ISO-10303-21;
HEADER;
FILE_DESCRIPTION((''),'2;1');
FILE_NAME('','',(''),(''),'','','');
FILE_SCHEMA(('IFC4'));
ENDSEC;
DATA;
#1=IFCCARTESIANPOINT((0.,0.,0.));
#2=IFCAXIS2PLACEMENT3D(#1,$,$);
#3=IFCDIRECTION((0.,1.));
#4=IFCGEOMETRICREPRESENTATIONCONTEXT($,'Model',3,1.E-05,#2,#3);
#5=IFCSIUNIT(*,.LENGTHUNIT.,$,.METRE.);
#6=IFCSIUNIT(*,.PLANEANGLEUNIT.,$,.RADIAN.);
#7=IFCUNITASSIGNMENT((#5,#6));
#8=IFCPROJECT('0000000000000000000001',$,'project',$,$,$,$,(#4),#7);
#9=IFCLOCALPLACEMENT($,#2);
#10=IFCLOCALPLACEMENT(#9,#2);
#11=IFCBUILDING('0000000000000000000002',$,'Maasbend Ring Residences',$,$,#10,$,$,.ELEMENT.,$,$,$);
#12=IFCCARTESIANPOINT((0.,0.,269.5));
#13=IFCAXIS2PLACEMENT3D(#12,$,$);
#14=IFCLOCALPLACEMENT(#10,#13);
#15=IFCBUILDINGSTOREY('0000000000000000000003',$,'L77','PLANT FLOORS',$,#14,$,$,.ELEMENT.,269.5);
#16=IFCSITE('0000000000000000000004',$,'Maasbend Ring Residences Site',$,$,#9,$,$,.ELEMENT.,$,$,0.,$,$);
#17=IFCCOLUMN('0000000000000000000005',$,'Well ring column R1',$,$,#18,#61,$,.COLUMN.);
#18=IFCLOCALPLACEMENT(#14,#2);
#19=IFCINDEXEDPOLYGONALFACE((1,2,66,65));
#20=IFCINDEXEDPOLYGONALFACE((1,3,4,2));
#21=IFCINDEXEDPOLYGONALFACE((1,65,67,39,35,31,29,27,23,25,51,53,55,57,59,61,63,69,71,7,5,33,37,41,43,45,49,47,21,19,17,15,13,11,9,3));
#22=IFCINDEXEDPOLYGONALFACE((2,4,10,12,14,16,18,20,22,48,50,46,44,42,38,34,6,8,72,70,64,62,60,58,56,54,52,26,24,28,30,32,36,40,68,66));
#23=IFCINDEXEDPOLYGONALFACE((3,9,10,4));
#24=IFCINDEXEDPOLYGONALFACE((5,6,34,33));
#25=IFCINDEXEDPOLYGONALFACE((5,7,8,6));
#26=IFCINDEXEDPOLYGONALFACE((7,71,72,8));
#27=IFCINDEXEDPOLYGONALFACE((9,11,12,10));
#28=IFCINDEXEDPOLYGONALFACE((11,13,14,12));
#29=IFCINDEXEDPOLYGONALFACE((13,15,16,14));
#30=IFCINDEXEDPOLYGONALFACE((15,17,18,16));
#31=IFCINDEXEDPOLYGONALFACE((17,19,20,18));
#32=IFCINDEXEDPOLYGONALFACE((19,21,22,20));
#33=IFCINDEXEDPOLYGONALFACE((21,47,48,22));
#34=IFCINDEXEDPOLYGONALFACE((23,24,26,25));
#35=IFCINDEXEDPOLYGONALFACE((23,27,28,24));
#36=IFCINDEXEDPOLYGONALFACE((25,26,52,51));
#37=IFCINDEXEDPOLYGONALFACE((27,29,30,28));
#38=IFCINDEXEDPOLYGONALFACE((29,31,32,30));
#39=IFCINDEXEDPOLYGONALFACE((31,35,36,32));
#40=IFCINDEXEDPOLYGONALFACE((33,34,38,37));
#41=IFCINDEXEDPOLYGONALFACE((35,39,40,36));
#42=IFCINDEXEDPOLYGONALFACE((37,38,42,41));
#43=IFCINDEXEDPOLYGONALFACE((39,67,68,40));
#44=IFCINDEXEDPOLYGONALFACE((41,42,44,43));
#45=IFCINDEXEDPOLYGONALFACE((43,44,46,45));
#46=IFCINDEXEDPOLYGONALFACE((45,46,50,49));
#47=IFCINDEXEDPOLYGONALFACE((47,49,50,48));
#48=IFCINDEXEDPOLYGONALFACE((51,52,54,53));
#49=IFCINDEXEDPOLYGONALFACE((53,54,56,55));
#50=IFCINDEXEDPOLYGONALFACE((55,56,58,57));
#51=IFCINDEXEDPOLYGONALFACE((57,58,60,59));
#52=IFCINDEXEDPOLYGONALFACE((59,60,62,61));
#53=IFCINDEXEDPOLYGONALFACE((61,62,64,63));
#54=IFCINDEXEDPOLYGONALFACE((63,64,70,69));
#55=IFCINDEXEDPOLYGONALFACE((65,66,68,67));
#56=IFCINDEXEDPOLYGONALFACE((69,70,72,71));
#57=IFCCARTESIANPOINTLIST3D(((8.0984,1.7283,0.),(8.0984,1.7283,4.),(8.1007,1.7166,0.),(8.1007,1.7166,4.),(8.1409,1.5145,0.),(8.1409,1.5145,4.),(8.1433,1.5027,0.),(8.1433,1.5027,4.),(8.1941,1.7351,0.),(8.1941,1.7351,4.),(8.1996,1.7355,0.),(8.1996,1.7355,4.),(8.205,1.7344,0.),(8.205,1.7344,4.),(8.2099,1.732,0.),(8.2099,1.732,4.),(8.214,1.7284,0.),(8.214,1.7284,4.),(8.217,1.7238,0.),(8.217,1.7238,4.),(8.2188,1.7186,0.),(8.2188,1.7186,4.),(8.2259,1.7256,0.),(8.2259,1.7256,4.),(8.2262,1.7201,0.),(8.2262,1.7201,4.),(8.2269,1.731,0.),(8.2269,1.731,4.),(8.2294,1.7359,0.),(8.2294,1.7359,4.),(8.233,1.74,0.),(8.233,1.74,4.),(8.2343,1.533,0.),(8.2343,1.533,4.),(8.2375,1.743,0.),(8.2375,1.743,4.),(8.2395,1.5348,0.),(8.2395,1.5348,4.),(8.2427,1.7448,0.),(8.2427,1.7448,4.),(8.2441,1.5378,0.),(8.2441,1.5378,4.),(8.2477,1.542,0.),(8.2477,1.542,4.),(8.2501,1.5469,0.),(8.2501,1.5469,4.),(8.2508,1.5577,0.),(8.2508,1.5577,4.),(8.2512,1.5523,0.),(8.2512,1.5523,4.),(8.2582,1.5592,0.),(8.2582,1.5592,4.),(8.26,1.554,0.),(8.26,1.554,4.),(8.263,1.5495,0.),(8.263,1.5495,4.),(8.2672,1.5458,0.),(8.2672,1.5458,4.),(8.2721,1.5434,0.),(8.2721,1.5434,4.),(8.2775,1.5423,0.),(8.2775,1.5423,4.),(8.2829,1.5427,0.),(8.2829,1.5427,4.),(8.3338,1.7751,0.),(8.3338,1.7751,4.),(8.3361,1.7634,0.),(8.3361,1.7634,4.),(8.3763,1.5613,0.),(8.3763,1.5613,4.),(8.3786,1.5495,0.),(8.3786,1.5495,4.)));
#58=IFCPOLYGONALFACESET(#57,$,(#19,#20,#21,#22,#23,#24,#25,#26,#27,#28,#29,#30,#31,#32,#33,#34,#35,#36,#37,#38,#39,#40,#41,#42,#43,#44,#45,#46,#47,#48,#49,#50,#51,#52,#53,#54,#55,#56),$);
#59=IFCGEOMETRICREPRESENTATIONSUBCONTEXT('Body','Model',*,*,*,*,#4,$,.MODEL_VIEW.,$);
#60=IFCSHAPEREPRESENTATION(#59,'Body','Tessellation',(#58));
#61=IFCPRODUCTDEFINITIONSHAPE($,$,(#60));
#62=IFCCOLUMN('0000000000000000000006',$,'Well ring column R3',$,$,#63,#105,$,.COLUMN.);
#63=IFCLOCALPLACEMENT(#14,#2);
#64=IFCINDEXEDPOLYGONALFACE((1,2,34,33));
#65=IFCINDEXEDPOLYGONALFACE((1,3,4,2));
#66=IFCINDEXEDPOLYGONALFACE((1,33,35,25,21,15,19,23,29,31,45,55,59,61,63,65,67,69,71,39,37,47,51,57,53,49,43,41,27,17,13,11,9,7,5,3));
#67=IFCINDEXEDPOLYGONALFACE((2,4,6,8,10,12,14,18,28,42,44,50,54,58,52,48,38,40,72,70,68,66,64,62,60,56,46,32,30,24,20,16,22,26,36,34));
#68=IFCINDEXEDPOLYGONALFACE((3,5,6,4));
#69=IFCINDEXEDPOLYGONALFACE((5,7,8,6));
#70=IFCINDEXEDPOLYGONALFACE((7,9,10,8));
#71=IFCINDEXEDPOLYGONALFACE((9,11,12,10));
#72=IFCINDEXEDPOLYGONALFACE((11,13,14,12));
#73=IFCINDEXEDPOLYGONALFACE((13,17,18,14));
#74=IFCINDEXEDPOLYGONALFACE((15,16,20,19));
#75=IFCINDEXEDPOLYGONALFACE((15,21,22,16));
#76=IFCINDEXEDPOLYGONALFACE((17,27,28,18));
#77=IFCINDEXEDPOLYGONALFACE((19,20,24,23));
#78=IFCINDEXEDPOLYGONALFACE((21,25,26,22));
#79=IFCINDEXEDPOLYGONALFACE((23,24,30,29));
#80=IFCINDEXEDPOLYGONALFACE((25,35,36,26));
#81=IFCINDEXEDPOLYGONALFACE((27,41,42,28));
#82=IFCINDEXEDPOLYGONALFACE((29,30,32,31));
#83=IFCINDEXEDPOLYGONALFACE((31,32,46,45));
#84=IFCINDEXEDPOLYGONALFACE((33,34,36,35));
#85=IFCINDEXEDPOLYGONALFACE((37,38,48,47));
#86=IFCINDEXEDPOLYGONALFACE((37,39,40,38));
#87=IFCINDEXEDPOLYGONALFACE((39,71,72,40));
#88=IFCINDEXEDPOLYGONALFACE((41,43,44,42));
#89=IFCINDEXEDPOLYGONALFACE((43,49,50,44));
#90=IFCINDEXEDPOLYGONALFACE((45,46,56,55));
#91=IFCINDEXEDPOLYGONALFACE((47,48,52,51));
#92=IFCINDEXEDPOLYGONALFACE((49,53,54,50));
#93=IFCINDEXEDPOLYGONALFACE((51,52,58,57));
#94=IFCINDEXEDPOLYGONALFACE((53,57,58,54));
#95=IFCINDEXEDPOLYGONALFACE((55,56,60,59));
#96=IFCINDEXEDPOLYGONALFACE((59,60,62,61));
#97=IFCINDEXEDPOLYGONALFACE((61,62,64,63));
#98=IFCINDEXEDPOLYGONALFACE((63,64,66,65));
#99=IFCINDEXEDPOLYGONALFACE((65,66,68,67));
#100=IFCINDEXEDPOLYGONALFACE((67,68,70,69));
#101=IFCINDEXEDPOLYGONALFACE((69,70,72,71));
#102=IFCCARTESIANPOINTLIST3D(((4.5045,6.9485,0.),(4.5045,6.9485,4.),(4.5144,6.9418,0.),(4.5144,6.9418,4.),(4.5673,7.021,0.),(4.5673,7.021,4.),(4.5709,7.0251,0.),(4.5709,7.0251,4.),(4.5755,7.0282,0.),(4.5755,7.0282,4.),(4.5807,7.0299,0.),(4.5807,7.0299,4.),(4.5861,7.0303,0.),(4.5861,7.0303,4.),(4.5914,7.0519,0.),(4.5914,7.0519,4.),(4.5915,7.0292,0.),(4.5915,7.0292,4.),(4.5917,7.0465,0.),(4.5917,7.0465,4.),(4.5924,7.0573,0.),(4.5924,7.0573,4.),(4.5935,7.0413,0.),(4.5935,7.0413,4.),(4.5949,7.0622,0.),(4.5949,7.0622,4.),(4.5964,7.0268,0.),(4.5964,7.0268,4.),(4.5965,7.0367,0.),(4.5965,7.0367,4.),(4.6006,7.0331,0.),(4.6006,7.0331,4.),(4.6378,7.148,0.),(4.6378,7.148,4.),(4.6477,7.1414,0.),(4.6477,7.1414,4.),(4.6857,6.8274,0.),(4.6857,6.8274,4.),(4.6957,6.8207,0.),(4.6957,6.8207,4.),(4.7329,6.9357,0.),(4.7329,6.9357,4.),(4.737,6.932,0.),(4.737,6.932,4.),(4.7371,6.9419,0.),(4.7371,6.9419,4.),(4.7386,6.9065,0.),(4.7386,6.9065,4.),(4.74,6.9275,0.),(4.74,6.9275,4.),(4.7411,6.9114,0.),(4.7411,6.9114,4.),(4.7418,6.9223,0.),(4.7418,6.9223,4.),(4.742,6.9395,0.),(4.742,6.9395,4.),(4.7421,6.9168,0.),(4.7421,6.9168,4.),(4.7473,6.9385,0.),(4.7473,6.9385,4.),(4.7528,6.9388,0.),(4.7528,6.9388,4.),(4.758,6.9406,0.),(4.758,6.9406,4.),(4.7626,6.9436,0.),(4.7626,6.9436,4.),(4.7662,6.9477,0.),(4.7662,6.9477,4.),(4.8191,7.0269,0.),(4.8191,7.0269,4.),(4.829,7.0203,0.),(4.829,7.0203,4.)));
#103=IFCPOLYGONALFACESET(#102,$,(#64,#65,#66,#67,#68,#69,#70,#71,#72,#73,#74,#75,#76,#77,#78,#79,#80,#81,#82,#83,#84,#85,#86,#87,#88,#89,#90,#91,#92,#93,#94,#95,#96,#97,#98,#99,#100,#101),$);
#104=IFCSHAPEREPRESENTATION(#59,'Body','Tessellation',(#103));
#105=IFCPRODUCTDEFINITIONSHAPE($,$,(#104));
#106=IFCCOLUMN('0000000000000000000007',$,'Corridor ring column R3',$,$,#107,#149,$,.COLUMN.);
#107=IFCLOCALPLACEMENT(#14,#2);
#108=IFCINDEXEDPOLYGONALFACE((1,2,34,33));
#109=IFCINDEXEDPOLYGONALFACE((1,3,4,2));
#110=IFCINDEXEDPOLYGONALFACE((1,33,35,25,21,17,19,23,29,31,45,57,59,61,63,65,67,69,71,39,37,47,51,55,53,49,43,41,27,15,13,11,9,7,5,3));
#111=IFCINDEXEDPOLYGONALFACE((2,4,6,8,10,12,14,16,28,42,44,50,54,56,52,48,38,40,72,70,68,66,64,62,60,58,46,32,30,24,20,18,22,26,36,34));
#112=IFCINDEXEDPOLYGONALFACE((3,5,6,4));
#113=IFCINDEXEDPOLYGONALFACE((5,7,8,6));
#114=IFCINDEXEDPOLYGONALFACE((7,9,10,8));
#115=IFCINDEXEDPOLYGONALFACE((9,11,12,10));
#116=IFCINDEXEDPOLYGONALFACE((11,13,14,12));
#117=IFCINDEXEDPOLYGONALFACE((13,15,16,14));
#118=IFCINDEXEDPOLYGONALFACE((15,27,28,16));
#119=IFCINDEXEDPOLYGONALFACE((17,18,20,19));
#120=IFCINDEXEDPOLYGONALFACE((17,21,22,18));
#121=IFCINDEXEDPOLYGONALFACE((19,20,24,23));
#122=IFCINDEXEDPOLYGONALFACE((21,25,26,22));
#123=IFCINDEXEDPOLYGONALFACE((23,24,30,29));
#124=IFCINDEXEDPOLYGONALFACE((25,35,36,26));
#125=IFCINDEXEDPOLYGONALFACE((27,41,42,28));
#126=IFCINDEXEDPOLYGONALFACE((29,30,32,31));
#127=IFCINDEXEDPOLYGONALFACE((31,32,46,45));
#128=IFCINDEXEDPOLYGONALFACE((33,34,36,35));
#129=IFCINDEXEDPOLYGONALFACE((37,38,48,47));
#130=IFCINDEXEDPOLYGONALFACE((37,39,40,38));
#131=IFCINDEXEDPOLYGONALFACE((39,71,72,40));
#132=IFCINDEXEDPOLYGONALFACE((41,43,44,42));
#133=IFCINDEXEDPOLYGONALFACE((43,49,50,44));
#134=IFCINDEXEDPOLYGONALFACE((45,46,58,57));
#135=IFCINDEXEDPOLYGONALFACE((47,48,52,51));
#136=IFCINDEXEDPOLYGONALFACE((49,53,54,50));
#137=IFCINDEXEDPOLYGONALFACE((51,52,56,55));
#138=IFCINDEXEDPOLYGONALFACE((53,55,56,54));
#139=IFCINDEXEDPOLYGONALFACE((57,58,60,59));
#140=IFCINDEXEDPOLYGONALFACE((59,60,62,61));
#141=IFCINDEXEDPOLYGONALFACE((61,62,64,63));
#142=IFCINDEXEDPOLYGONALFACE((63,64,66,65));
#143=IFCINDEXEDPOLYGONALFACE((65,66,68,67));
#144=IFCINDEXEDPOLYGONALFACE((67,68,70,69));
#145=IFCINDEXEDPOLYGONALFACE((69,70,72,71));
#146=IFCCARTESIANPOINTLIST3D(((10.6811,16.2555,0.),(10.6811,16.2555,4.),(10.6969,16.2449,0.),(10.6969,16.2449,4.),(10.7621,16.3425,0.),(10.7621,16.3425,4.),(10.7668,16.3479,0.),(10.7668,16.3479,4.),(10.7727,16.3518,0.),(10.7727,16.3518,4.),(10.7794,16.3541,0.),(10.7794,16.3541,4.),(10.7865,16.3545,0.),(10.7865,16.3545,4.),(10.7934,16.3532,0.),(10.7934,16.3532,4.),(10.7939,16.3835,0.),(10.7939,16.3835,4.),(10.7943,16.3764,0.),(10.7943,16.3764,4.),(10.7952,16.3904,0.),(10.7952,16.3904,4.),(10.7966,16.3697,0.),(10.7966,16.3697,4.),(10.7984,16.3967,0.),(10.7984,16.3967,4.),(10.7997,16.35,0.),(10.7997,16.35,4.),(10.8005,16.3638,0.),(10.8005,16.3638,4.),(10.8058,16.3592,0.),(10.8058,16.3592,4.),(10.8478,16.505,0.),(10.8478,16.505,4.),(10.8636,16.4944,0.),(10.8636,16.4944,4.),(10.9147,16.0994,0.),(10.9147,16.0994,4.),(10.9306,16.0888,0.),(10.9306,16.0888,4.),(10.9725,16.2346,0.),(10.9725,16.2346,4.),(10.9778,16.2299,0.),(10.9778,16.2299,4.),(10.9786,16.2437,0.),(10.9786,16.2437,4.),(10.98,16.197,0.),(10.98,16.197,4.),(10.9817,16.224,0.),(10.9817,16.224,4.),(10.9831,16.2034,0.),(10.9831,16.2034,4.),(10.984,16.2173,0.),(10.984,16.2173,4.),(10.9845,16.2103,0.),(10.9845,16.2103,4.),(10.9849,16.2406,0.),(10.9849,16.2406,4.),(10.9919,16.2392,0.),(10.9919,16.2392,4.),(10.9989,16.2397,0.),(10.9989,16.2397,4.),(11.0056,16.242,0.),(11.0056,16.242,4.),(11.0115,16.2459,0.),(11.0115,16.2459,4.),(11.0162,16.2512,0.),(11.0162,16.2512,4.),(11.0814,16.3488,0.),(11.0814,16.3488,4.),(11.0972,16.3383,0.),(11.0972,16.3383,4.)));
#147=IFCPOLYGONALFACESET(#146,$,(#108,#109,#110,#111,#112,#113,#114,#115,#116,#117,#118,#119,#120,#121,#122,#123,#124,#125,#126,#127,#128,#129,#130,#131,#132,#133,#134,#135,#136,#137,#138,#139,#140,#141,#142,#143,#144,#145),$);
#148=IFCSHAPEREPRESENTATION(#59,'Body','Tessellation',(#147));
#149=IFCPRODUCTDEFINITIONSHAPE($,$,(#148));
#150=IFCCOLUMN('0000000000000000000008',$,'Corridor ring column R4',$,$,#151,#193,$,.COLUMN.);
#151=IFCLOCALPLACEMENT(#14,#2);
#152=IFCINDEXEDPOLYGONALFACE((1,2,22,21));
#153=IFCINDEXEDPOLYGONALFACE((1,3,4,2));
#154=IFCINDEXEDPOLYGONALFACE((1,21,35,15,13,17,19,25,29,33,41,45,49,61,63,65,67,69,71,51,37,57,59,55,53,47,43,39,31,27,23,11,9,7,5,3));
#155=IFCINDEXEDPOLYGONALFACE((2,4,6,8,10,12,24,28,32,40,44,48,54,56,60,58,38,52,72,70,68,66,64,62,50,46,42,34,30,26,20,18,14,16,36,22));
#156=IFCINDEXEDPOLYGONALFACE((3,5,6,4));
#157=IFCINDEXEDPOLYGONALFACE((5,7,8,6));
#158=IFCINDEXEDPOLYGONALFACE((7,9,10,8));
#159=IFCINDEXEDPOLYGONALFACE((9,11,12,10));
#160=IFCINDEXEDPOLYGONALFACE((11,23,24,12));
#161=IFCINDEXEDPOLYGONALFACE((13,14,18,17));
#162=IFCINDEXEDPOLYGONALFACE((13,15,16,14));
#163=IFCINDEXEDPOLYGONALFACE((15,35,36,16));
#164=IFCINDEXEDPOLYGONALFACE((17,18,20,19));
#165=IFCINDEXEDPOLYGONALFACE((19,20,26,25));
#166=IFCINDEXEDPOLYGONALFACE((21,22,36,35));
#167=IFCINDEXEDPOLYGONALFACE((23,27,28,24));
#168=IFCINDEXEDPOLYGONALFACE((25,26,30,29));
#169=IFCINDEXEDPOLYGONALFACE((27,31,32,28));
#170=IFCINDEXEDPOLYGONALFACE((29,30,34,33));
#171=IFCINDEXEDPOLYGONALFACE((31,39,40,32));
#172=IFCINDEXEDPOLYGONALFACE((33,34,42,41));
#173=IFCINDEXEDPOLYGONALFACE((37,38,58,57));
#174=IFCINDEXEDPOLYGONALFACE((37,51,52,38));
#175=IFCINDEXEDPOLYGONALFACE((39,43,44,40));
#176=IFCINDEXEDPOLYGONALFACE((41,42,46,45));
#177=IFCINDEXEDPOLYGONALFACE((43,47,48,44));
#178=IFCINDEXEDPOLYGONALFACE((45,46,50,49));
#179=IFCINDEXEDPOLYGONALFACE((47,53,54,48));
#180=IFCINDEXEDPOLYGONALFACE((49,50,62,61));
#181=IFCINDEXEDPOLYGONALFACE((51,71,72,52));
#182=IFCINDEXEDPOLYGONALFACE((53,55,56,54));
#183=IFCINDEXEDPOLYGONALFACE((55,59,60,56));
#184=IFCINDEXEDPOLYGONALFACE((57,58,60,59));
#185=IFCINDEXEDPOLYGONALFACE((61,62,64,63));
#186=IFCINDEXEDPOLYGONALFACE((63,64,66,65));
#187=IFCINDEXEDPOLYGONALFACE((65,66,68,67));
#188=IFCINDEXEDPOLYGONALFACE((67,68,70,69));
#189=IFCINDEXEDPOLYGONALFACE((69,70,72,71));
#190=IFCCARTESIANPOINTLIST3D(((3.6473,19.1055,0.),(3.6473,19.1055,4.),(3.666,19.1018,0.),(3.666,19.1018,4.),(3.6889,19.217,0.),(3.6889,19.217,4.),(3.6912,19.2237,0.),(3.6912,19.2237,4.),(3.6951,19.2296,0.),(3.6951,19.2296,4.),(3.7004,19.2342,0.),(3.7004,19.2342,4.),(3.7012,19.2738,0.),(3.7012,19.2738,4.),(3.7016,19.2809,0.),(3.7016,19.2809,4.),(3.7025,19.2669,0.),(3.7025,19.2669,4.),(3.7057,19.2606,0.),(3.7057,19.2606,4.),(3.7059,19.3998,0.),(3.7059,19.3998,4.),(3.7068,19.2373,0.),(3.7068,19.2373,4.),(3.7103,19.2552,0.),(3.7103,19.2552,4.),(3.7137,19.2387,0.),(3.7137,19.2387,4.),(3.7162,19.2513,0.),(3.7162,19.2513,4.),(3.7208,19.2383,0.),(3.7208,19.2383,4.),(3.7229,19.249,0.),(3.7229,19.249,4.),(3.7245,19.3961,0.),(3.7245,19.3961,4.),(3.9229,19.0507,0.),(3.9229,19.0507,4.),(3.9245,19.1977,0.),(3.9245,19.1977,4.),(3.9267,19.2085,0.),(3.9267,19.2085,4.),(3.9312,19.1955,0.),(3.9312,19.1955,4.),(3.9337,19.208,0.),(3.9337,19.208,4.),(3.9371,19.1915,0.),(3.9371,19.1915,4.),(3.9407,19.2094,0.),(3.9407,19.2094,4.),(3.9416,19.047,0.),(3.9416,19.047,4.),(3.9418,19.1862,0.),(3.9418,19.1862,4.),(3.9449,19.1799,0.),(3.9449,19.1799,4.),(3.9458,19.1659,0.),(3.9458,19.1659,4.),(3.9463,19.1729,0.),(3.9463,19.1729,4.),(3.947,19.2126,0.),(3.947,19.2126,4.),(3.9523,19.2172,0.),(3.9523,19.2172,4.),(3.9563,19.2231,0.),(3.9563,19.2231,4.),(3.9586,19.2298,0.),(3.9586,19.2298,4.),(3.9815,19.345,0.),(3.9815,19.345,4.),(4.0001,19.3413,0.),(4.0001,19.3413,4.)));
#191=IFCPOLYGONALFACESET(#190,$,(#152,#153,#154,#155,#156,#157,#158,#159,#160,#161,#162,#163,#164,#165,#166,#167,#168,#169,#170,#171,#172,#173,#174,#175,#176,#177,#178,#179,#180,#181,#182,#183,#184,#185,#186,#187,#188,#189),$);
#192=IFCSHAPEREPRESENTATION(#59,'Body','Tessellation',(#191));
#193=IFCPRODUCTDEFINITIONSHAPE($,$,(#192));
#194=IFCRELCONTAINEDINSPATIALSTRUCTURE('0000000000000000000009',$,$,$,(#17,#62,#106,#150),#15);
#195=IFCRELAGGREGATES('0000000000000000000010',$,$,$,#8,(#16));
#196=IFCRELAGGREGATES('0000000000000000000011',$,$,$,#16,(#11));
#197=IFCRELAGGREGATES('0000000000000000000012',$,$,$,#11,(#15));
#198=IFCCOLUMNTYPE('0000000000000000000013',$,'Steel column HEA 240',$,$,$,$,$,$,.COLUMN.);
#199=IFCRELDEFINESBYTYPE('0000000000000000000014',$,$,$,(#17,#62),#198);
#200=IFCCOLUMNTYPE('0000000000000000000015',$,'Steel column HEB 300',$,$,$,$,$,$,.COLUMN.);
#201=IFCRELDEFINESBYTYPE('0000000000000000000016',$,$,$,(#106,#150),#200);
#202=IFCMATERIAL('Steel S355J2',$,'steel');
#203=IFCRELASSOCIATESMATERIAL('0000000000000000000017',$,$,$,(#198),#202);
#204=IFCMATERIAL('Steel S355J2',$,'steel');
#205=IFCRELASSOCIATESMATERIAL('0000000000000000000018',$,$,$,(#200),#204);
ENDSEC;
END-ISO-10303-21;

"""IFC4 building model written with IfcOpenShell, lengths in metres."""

from ifc_helpers import new_model, si_unit, direction, frame, origin, origin_2d, place, context, subcontext, project, spatial, i_section, extrude, material, material_profile, profile_set, type_object, element, save


model = new_model("IFC4")

# Units and contexts
model_context = context("Model", 3, precision=1e-05, world=origin(), true_north=direction((0.0, 1.0)))
body_context = subcontext(model_context, "Body", "Model", "MODEL_VIEW")
ifc_project = project(units=[si_unit("LENGTHUNIT", "METRE"), si_unit("PLANEANGLEUNIT", "RADIAN")], contexts=[model_context])

# Site, building, storey
site_placement = place(None, origin())
site = spatial("IfcSite", under=ifc_project, at=site_placement, Name="Maasbend Ring Residences Site", CompositionType="ELEMENT", RefElevation=0.0)
building_placement = place(site_placement, origin())
building = spatial("IfcBuilding", under=site, at=building_placement, Name="Maasbend Ring Residences", CompositionType="ELEMENT")
storey_placement = place(building_placement, frame((0.0, 0.0, 269.5)))
storey = spatial("IfcBuildingStorey", under=building, at=storey_placement, Name="L77", Description="PLANT FLOORS", CompositionType="ELEMENT", Elevation=269.5)

# Columns
ifc_material_1 = material(Name="Steel S355J2", Category="steel")
ifc_material_profile_1 = material_profile(ifc_material_1, i_section(OverallWidth=0.24, OverallDepth=0.23, WebThickness=0.0076, FlangeThickness=0.012, FilletRadius=0.021, at=origin_2d()), Name="HEA 240")
ifc_profile_set_1 = profile_set([ifc_material_profile_1], Name="Steel S355J2")
column_type_1 = type_object("IfcColumnType", Name="Steel column HEA 240", PredefinedType="COLUMN", material=ifc_profile_set_1)
for number, where, z_axis, x_axis, name in (
    (1, (8.2385, 1.6389, 0.0), (0.0, 0.0, 1.0), (0.980785, 0.19509, 0.0), "Well ring column R1"),
    (2, (4.6667, 6.9844, 0.0), (0.0, 0.0, 1.0), (0.55557, 0.83147, 0.0), "Well ring column R3"),
):
    element("IfcColumn", number, at=place(storey_placement, frame(where, z_axis=z_axis, x_axis=x_axis)), inside=storey, type_object=column_type_1, Name=name, PredefinedType="COLUMN", context=body_context, shape_type="SweptSolid", body=[
        extrude(i_section(OverallWidth=0.24, OverallDepth=0.23, WebThickness=0.0076, FlangeThickness=0.012, FilletRadius=0.021, at=origin_2d()), origin(), (0.0, 0.0, 1.0), 4.0),
    ])
ifc_material_2 = material(Name="Steel S355J2", Category="steel")
ifc_material_profile_2 = material_profile(ifc_material_2, i_section(OverallWidth=0.3, OverallDepth=0.3, WebThickness=0.011, FlangeThickness=0.019, FilletRadius=0.0271, at=origin_2d()), Name="HEB 300")
ifc_profile_set_2 = profile_set([ifc_material_profile_2], Name="Steel S355J2")
column_type_2 = type_object("IfcColumnType", Name="Steel column HEB 300", PredefinedType="COLUMN", material=ifc_profile_set_2)
for number, where, z_axis, x_axis, name in (
    (3, (10.8892, 16.2969, 0.0), (0.0, 0.0, 1.0), (0.55557, 0.83147, 0.0), "Corridor ring column R3"),
    (4, (3.8237, 19.2234, 0.0), (0.0, 0.0, 1.0), (0.19509, 0.980785, 0.0), "Corridor ring column R4"),
):
    element("IfcColumn", number, at=place(storey_placement, frame(where, z_axis=z_axis, x_axis=x_axis)), inside=storey, type_object=column_type_2, Name=name, PredefinedType="COLUMN", context=body_context, shape_type="SweptSolid", body=[
        extrude(i_section(OverallWidth=0.3, OverallDepth=0.3, WebThickness=0.011, FlangeThickness=0.019, FilletRadius=0.0271, at=origin_2d()), origin(), (0.0, 0.0, 1.0), 4.0),
    ])

save(model, "model.ifc")
